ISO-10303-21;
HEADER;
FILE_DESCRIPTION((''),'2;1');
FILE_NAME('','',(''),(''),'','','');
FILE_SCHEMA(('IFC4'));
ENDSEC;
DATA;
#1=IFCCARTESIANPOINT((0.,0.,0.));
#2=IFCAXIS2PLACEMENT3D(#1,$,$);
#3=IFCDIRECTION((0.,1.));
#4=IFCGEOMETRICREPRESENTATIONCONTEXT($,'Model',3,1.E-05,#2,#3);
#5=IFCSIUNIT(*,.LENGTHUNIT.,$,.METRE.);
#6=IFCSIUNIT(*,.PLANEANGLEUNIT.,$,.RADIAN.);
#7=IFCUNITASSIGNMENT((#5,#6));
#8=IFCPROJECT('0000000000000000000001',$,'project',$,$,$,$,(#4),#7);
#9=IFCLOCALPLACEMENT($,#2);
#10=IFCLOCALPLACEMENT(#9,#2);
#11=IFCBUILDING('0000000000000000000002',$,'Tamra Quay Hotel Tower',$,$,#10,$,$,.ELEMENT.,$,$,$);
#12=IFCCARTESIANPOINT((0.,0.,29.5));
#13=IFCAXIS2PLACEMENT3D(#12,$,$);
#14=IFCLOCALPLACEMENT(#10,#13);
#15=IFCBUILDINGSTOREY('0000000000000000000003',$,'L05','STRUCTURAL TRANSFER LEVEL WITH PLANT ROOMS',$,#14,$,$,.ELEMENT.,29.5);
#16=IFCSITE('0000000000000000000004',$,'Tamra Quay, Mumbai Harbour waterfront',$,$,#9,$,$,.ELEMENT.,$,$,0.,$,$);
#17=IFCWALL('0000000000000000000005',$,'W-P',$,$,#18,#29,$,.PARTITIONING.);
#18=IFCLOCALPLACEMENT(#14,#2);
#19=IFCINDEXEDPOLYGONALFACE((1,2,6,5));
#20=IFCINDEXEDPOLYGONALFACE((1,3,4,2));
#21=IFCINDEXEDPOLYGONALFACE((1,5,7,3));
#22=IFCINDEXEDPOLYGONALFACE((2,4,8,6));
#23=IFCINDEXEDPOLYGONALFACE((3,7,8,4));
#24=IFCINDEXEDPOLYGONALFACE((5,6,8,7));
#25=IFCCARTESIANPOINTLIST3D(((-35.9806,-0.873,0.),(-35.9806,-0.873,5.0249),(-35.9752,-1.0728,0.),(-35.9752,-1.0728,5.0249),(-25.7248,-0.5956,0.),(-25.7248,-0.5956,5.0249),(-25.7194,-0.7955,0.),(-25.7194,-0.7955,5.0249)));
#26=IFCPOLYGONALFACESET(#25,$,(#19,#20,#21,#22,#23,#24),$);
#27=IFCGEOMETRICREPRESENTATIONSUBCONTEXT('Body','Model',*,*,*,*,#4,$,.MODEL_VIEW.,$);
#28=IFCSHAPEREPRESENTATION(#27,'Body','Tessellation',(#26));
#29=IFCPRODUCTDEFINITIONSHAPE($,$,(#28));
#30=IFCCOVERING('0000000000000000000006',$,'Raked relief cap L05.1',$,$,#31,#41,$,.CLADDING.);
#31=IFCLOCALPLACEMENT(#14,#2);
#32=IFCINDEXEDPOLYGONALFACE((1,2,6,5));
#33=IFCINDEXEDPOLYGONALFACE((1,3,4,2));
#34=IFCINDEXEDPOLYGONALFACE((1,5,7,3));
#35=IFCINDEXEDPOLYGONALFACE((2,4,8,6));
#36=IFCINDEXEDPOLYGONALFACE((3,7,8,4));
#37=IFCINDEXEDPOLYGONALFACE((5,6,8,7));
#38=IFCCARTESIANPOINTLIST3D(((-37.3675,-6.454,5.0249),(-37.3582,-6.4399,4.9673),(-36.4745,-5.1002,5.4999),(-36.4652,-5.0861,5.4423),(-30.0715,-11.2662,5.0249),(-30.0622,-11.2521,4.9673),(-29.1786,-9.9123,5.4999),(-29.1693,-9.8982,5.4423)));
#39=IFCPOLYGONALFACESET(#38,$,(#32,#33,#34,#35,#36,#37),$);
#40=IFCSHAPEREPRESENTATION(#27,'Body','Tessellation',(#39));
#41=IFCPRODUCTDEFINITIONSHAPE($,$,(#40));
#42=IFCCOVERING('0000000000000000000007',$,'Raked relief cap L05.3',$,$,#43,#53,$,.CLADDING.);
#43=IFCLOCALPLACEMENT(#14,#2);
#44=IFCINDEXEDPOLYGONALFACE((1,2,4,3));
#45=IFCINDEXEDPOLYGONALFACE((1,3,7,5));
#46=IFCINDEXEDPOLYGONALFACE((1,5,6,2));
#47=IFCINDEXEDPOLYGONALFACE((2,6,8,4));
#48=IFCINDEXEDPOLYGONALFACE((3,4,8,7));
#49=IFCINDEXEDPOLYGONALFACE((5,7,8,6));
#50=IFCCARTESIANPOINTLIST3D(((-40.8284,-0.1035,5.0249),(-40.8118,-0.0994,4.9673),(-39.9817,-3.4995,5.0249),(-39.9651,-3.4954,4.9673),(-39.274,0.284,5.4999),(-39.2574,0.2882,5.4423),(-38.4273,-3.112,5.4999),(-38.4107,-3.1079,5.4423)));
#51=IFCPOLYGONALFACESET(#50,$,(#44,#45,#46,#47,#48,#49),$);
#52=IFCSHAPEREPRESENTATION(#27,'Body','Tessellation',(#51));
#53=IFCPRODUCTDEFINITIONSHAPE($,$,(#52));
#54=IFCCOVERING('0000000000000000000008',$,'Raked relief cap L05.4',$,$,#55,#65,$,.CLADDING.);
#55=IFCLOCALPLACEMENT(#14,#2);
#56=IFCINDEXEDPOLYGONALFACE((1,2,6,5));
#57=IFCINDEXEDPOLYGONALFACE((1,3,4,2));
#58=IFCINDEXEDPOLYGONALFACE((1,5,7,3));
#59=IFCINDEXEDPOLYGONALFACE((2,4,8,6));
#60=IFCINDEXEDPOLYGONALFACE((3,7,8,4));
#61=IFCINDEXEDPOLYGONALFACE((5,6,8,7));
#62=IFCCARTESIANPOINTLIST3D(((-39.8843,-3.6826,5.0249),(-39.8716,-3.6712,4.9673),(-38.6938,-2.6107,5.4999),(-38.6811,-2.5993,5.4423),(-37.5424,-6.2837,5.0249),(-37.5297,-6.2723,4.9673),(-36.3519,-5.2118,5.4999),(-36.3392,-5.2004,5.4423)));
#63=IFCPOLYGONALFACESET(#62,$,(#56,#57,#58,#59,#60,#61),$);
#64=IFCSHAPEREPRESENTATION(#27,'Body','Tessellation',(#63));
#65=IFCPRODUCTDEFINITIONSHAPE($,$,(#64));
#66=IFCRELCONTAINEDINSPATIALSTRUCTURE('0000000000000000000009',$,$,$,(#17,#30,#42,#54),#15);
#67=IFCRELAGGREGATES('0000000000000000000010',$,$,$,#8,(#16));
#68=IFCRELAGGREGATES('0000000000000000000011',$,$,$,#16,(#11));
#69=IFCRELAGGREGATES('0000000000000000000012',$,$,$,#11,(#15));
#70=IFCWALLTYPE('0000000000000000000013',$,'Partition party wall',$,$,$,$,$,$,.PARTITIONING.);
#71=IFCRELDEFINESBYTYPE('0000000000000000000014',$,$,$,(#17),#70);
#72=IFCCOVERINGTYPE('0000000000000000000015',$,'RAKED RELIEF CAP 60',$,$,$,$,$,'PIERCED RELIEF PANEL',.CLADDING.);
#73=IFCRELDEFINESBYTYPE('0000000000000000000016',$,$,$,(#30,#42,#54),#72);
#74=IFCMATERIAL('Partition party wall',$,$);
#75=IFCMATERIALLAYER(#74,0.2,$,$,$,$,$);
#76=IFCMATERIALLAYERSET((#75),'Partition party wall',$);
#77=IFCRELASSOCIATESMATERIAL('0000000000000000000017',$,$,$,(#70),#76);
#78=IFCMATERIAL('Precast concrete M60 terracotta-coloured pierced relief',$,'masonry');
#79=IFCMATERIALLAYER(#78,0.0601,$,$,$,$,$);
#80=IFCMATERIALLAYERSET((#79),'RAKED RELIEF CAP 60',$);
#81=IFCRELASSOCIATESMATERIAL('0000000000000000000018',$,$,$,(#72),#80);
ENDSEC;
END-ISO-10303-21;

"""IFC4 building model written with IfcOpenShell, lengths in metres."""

from ifc_helpers import new_model, si_unit, direction, frame, frame_2d, origin, place, context, subcontext, project, spatial, rectangle, extrude, source, transform, mapped, material, layer, layer_set, type_object, element, save


model = new_model("IFC4")

# Units and contexts
model_context = context("Model", 3, precision=1e-05, world=origin(), true_north=direction((0.0, 1.0)))
body_context = subcontext(model_context, "Body", "Model", "MODEL_VIEW")
ifc_project = project(units=[si_unit("LENGTHUNIT", "METRE"), si_unit("PLANEANGLEUNIT", "RADIAN")], contexts=[model_context])

# Site, building, storey
site_placement = place(None, origin())
site = spatial("IfcSite", under=ifc_project, at=site_placement, Name="Tamra Quay, Mumbai Harbour waterfront", CompositionType="ELEMENT", RefElevation=0.0)
building_placement = place(site_placement, origin())
building = spatial("IfcBuilding", under=site, at=building_placement, Name="Tamra Quay Hotel Tower", CompositionType="ELEMENT")
storey_placement = place(building_placement, frame((0.0, 0.0, 29.5)))
storey = spatial("IfcBuildingStorey", under=building, at=storey_placement, Name="L05", Description="STRUCTURAL TRANSFER LEVEL WITH PLANT ROOMS", CompositionType="ELEMENT", Elevation=29.5)

# Wall
ifc_material_1 = material(Name="Partition party wall")
ifc_layer_1 = layer(ifc_material_1, 0.2)
ifc_layer_set_1 = layer_set([ifc_layer_1], Name="Partition party wall")
wall_type_1 = type_object("IfcWallType", Name="Partition party wall", PredefinedType="PARTITIONING", material=ifc_layer_set_1)
wall_1_placement = place(storey_placement, frame((-35.978, -0.9729, 0.0), z_axis=(0.0, 0.0, 1.0), x_axis=(0.999635, 0.027033, 0.0)))
element("IfcWall", 1, at=wall_1_placement, inside=storey, type_object=wall_type_1, Name="W-P", PredefinedType="PARTITIONING", context=body_context, shape_type="SweptSolid", body=[
    extrude(rectangle(XDim=10.2595, YDim=0.2, at=frame_2d((5.1299, 0.0))), origin(), (0.0, 0.0, 1.0), 5.0249),
])

# Coverings
ifc_material_2 = material(Name="Precast concrete M60 terracotta-coloured pierced relief", Category="masonry")
ifc_layer_2 = layer(ifc_material_2, 0.0601)
ifc_layer_set_2 = layer_set([ifc_layer_2], Name="RAKED RELIEF CAP 60")
covering_type_1 = type_object("IfcCoveringType", Name="RAKED RELIEF CAP 60", ElementType="PIERCED RELIEF PANEL", PredefinedType="CLADDING", material=ifc_layer_set_2)
shared_shape_1 = source(origin(), body_context, "Body", "SweptSolid", [
    extrude(rectangle(XDim=8.74, YDim=1.6899, at=frame_2d((4.3701, 0.845))), frame((-4.3701, 0.0, -0.0601)), (0.0, 0.0, 1.0), 0.0601),
])
covering_1_placement = place(storey_placement, frame((-33.7195, -8.8601, 5.0249), z_axis=(-0.154763, -0.234643, 0.959683), x_axis=(0.834776, -0.55059, 0.0)))
element("IfcCovering", 2, at=covering_1_placement, inside=storey, type_object=covering_type_1, Name="Raked relief cap L05.1", PredefinedType="CLADDING", context=body_context, shape_type="MappedRepresentation", body=[
    mapped(shared_shape_1, transform((0.0, 0.0, 0.0), scale=1.0)),
])
shared_shape_2 = source(origin(), body_context, "Body", "SweptSolid", [
    extrude(rectangle(XDim=3.5, YDim=1.6709, at=frame_2d((1.75, 0.8354))), frame((-1.75, 0.0, -0.0601)), (0.0, 0.0, 1.0), 0.0601),
])
for number, where, z_axis, x_axis, name in (
    (3, (-40.405, -1.8015, 5.0249), (-0.275807, -0.068764, 0.95875), (0.241914, -0.970298, 0.0), "Raked relief cap L05.3"),
    (4, (-38.7134, -4.9832, 5.0249), (-0.211243, -0.190195, 0.95875), (0.669112, -0.743161, 0.0), "Raked relief cap L05.4"),
):
    element("IfcCovering", number, at=place(storey_placement, frame(where, z_axis=z_axis, x_axis=x_axis)), inside=storey, type_object=covering_type_1, Name=name, PredefinedType="CLADDING", context=body_context, shape_type="MappedRepresentation", body=[
        mapped(shared_shape_2, transform((0.0, 0.0, 0.0), scale=1.0)),
    ])

save(model, "model.ifc")
